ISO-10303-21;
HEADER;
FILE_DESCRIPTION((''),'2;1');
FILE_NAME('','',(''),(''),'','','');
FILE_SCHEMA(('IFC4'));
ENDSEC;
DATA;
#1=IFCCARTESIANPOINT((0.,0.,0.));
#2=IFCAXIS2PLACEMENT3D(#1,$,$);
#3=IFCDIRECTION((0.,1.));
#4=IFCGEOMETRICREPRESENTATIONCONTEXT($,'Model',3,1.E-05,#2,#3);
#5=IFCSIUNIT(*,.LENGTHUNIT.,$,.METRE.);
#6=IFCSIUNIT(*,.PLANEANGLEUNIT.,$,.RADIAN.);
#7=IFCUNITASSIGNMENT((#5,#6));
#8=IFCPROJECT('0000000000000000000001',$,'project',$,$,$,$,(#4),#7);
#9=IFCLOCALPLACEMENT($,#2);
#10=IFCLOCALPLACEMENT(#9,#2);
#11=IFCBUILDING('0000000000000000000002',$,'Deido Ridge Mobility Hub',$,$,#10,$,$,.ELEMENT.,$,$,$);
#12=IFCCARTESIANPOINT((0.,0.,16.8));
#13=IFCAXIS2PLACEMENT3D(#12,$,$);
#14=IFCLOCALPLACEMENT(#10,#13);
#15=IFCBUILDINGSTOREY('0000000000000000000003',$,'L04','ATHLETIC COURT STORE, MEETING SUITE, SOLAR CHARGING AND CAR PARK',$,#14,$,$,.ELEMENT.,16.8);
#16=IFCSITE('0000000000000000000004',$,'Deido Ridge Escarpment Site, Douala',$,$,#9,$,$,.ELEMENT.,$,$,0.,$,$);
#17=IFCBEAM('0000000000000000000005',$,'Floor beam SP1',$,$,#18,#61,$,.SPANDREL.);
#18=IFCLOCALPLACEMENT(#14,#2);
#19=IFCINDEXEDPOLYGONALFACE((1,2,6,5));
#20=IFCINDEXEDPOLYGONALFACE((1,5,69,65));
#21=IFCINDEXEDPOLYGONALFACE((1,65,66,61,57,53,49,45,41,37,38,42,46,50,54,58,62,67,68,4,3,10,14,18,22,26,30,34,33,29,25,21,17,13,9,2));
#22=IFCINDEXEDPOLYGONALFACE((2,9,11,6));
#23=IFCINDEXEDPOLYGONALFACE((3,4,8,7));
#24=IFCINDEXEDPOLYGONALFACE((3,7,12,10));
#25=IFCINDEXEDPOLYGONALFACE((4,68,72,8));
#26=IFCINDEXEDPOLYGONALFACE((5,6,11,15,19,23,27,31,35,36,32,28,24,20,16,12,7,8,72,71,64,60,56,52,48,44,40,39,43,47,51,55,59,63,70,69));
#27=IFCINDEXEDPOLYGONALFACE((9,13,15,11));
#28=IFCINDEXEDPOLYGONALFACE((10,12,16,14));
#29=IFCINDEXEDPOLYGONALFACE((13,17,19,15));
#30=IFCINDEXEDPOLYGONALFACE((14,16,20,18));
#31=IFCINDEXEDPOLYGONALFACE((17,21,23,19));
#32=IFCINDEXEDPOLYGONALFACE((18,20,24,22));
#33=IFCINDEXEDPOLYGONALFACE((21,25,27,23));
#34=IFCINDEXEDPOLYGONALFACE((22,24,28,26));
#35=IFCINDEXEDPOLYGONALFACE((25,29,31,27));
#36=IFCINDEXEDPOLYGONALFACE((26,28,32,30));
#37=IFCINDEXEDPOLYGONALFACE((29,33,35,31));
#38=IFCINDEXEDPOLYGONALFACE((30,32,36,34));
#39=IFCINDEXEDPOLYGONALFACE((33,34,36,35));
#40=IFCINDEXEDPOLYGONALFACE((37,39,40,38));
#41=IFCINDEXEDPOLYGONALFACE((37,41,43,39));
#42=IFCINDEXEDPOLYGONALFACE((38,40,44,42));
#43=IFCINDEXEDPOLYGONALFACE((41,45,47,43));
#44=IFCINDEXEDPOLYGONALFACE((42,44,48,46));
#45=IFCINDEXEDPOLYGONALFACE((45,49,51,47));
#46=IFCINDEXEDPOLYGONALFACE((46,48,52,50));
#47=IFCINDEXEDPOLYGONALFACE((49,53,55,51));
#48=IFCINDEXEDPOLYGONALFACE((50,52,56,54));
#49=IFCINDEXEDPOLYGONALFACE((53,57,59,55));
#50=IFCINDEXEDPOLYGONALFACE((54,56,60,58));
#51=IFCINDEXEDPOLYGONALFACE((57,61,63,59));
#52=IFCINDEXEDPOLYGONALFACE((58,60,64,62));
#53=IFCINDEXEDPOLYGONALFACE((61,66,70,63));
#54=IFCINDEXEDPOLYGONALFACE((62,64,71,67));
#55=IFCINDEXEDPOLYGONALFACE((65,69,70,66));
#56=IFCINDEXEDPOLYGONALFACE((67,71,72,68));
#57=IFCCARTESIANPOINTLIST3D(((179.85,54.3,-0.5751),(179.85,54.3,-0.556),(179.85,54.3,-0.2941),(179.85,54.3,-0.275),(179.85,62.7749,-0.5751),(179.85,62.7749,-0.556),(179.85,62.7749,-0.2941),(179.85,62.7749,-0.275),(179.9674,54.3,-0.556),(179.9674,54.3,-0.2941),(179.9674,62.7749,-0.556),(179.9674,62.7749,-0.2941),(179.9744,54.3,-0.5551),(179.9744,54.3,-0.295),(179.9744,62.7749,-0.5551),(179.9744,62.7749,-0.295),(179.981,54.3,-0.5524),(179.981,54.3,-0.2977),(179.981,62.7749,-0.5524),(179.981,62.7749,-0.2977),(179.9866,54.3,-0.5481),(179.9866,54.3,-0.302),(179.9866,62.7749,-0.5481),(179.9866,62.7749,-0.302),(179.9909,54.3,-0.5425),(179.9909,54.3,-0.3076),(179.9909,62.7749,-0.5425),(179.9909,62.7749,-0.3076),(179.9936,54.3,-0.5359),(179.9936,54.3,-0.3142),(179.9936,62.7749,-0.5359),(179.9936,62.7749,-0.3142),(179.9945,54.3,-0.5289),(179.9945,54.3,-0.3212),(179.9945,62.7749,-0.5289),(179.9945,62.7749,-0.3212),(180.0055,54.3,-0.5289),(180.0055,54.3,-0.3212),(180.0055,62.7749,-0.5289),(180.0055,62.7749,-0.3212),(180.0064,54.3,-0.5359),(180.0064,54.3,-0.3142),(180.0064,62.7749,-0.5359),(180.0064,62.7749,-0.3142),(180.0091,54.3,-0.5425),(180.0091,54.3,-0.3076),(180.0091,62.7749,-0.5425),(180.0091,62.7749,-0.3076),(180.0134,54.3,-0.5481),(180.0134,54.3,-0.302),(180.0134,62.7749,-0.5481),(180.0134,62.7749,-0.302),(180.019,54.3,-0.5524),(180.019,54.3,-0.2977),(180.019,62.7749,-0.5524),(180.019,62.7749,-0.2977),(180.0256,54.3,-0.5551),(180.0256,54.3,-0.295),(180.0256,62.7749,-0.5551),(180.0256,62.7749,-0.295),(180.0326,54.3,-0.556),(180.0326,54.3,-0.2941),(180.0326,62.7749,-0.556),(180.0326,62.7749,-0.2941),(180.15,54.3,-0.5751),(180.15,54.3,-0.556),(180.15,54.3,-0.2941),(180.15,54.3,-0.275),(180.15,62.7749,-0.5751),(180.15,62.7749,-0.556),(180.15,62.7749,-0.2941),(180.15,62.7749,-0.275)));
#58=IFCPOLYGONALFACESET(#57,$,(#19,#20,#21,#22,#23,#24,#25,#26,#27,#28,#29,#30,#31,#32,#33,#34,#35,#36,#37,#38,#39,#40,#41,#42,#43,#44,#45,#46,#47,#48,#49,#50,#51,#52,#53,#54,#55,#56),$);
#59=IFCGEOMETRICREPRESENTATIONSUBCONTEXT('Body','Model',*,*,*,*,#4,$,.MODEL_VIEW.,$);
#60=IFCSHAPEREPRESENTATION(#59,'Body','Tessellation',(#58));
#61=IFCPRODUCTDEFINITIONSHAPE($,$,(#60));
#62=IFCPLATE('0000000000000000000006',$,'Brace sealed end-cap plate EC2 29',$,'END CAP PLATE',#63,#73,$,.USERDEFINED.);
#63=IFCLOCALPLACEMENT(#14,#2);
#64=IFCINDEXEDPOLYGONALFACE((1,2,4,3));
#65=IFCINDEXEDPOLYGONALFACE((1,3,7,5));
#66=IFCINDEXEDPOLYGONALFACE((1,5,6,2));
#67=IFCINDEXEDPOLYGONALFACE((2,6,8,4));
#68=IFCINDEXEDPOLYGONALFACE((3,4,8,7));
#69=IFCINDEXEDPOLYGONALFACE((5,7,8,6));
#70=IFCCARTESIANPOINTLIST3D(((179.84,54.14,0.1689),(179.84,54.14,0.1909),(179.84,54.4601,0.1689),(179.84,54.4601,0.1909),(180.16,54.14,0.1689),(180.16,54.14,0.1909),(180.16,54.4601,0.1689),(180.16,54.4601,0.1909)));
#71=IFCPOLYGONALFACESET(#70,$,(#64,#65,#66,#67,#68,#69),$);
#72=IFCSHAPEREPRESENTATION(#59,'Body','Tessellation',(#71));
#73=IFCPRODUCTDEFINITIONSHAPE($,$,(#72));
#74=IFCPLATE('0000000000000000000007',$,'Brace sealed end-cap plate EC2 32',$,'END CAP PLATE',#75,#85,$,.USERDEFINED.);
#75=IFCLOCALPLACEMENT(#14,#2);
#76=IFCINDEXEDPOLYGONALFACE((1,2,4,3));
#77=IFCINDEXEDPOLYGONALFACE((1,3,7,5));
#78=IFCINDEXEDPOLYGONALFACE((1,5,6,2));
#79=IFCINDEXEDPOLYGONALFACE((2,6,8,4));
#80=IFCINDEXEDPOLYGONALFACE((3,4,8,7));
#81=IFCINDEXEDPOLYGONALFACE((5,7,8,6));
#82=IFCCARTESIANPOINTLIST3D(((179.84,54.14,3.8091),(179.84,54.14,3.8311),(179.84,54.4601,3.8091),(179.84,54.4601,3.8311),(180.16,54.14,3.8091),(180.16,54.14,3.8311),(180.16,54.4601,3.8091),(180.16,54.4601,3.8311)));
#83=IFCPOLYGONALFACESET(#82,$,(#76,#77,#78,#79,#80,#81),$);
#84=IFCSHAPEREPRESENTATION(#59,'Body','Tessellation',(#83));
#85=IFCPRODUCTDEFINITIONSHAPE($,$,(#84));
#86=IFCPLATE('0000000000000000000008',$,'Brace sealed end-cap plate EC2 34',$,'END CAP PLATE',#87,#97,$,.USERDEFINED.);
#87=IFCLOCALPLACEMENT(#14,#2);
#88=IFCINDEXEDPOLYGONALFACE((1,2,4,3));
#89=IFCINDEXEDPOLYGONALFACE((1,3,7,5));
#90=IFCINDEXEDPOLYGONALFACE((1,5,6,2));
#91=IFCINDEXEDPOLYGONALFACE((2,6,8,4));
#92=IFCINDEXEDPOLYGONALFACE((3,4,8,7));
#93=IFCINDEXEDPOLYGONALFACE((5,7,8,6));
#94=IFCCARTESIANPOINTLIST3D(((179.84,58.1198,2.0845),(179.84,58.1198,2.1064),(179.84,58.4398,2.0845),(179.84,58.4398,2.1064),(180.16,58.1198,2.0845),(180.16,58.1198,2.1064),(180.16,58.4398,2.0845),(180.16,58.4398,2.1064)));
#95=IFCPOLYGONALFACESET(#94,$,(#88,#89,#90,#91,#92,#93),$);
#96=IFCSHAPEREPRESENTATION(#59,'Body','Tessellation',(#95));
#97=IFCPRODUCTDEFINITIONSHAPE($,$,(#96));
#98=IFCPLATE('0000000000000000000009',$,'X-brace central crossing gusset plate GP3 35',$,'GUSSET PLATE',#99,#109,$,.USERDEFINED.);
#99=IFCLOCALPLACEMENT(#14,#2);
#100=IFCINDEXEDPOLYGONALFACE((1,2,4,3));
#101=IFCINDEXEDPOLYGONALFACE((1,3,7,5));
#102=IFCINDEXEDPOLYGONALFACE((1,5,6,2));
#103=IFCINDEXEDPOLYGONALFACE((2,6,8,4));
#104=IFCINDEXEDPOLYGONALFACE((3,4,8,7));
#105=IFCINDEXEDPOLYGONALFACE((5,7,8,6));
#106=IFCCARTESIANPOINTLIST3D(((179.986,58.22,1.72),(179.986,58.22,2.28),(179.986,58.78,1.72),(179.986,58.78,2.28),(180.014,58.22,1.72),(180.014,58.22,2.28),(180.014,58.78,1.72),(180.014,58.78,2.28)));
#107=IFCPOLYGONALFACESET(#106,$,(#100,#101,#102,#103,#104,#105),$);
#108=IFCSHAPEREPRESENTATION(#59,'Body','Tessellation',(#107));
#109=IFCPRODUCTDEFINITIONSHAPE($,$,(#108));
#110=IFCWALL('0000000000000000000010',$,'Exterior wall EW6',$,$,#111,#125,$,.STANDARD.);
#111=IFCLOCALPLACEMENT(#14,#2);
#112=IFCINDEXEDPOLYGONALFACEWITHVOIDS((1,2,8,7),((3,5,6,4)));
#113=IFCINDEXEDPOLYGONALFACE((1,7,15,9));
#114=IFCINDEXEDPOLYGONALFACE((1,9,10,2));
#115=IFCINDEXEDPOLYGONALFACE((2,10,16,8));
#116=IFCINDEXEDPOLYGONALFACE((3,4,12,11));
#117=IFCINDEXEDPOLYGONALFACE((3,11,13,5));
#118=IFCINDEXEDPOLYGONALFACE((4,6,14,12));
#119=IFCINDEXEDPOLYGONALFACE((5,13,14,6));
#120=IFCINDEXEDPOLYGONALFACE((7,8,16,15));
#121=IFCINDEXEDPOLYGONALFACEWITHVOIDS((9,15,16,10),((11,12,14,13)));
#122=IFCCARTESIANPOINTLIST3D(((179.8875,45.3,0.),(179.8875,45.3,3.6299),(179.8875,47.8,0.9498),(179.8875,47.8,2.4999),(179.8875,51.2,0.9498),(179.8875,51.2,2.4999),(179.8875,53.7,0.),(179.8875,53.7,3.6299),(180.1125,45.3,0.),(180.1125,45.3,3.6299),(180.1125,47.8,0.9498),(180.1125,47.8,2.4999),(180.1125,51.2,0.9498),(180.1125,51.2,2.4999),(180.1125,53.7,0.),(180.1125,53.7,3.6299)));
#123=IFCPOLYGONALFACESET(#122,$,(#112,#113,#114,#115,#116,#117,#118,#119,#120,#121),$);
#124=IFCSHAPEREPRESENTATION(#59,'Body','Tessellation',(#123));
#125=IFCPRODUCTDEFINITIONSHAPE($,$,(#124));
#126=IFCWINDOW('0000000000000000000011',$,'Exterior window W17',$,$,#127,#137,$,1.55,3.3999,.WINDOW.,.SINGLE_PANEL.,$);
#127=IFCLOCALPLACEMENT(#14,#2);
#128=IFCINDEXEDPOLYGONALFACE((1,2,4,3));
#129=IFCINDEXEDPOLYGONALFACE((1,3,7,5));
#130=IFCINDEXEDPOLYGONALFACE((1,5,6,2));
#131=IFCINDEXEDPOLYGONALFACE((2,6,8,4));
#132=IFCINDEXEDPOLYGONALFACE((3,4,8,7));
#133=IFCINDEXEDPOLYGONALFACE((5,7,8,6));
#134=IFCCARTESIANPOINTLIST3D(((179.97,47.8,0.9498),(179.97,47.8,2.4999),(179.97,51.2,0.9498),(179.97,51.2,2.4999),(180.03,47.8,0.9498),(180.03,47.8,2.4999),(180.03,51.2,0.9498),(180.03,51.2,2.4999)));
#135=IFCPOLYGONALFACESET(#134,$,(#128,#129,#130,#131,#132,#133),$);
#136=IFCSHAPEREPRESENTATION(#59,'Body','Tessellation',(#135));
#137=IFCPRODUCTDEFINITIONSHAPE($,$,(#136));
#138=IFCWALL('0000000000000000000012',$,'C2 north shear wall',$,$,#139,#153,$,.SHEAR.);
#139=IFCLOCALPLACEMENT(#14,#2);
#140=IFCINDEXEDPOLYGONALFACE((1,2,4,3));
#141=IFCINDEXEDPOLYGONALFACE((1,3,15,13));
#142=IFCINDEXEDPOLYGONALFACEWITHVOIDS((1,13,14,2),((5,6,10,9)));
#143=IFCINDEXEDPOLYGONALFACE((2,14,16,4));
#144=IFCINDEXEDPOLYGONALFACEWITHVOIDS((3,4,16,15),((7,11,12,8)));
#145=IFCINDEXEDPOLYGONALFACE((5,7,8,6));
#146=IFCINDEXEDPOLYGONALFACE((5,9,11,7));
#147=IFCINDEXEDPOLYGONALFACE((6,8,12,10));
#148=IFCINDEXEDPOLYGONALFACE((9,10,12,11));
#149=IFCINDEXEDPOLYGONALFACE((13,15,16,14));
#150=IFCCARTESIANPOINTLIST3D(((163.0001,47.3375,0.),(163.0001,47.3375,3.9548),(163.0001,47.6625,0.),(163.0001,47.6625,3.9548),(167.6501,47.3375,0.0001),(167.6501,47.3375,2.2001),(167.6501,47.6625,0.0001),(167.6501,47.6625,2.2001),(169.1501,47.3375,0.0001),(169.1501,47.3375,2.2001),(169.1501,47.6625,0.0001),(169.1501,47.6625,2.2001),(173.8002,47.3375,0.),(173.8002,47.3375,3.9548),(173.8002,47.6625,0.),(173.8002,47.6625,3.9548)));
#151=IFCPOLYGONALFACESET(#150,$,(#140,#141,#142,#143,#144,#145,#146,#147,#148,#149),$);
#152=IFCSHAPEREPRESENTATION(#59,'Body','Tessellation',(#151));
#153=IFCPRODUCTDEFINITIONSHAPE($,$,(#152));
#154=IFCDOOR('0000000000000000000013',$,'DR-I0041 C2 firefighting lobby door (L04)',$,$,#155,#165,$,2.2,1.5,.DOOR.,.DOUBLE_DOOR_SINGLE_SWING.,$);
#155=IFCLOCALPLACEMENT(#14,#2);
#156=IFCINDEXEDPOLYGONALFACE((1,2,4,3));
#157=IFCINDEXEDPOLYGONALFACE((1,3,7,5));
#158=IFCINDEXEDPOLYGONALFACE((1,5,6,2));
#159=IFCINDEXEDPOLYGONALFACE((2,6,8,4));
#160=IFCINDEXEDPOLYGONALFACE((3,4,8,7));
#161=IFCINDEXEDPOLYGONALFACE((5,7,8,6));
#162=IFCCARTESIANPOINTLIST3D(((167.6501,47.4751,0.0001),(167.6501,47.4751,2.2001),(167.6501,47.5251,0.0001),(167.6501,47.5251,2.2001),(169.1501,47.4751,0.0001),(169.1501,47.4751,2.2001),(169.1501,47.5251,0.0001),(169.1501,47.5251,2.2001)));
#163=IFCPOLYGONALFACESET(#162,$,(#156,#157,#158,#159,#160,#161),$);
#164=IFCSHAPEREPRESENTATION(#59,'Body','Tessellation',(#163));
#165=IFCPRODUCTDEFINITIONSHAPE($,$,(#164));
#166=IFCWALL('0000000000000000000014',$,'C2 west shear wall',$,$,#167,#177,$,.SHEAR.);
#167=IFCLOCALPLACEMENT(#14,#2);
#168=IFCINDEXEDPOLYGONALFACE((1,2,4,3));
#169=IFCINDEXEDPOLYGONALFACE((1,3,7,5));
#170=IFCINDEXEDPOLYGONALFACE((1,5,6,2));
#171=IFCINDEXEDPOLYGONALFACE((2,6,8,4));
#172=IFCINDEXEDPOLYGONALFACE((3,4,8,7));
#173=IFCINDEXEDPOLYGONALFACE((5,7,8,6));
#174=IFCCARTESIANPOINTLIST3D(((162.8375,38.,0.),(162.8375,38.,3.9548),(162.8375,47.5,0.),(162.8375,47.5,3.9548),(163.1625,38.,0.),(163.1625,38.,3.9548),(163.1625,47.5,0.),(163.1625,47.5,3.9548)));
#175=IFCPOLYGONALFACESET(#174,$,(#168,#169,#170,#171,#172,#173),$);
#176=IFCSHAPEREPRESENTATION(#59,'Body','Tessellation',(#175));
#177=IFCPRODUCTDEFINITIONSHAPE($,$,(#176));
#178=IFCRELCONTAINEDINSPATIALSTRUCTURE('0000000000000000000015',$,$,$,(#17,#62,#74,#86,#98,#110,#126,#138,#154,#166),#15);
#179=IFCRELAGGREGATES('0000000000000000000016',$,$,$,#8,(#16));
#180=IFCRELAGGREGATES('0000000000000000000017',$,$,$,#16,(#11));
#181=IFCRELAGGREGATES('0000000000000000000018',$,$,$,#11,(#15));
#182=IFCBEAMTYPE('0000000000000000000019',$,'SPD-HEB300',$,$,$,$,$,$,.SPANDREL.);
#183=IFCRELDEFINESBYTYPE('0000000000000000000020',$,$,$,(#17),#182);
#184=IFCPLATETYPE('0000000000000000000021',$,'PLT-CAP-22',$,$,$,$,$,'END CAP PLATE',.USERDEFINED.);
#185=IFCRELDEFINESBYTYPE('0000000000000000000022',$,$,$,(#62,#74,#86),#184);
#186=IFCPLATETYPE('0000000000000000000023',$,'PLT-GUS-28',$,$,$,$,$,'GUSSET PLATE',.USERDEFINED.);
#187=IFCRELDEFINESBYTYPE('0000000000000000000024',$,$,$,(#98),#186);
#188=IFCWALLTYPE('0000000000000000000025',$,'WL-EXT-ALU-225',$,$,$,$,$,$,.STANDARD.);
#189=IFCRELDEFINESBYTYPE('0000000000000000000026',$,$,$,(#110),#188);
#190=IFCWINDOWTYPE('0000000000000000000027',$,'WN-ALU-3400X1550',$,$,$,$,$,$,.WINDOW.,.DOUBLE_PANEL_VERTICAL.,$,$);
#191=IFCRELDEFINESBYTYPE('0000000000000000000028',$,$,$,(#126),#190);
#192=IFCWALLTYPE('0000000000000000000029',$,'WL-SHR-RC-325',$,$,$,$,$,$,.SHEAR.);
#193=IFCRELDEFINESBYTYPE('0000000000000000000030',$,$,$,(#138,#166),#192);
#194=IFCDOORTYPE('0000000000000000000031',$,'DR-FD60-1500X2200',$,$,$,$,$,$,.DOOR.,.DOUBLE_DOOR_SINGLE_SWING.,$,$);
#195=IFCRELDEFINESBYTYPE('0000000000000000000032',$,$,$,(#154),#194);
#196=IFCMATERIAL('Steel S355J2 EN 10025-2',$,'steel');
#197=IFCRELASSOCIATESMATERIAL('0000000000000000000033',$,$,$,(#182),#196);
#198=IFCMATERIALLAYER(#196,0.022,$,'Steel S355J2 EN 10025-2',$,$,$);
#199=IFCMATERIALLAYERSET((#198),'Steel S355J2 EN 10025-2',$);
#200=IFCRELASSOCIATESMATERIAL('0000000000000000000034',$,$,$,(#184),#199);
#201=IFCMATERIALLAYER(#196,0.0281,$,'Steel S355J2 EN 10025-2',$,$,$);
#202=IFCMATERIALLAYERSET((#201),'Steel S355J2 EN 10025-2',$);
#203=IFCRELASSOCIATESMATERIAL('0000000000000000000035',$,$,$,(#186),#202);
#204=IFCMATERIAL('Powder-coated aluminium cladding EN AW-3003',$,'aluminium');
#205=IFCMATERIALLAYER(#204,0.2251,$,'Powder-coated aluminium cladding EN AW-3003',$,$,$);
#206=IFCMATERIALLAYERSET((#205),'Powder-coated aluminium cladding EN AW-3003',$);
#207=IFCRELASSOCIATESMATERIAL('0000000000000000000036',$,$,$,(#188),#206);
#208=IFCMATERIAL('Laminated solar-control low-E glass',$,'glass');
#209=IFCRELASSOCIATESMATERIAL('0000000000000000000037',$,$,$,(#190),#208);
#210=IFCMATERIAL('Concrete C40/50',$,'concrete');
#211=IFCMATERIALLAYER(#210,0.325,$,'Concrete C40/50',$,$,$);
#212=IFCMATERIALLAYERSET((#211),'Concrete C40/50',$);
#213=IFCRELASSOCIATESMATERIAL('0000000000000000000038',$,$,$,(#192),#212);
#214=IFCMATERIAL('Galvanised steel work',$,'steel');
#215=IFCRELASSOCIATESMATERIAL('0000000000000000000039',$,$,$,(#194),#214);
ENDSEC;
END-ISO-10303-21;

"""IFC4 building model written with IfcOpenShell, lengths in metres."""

from ifc_helpers import new_model, si_unit, direction, frame, frame_2d, origin, origin_2d, place, context, subcontext, project, spatial, rectangle, i_section, extrude, material, layer, layer_set, material_profile, profile_set, type_object, element, fill, save


model = new_model("IFC4")

# Units and contexts
model_context = context("Model", 3, precision=1e-05, world=origin(), true_north=direction((0.0, 1.0)))
body_context = subcontext(model_context, "Body", "Model", "MODEL_VIEW")
ifc_project = project(units=[si_unit("LENGTHUNIT", "METRE"), si_unit("PLANEANGLEUNIT", "RADIAN")], contexts=[model_context])

# Site, building, storey
site_placement = place(None, origin())
site = spatial("IfcSite", under=ifc_project, at=site_placement, Name="Deido Ridge Escarpment Site, Douala", CompositionType="ELEMENT", RefElevation=0.0)
building_placement = place(site_placement, origin())
building = spatial("IfcBuilding", under=site, at=building_placement, Name="Deido Ridge Mobility Hub", CompositionType="ELEMENT")
storey_placement = place(building_placement, frame((0.0, 0.0, 16.8)))
storey = spatial("IfcBuildingStorey", under=building, at=storey_placement, Name="L04", Description="ATHLETIC COURT STORE, MEETING SUITE, SOLAR CHARGING AND CAR PARK", CompositionType="ELEMENT", Elevation=16.8)

# Shared definitions
ifc_material_1 = material(Name="Steel S355J2 EN 10025-2", Category="steel")

# Beam
ifc_material_profile_1 = material_profile(ifc_material_1, i_section(OverallWidth=0.3, OverallDepth=0.3, WebThickness=0.011, FlangeThickness=0.019, FilletRadius=0.0271, at=origin_2d()), Name="HEB 300")
ifc_profile_set_1 = profile_set([ifc_material_profile_1], Name="Steel S355J2 EN 10025-2")
beam_type_1 = type_object("IfcBeamType", Name="SPD-HEB300", PredefinedType="SPANDREL", material=ifc_profile_set_1)
beam_1_placement = place(storey_placement, frame((180.0, 54.3, -0.425), z_axis=(0.0, 1.0, 0.0), x_axis=(-1.0, 0.0, 0.0)))
element("IfcBeam", 1, at=beam_1_placement, inside=storey, type_object=beam_type_1, Name="Floor beam SP1", PredefinedType="SPANDREL", context=body_context, shape_type="SweptSolid", body=[
    extrude(i_section(OverallWidth=0.3, OverallDepth=0.3, WebThickness=0.011, FlangeThickness=0.019, FilletRadius=0.0271, at=origin_2d()), origin(), (0.0, 0.0, 1.0), 8.4749),
])

# Plates
ifc_layer_1 = layer(ifc_material_1, 0.022, Name="Steel S355J2 EN 10025-2")
ifc_layer_set_1 = layer_set([ifc_layer_1], Name="Steel S355J2 EN 10025-2")
plate_type_1 = type_object("IfcPlateType", Name="PLT-CAP-22", ElementType="END CAP PLATE", PredefinedType="USERDEFINED", material=ifc_layer_set_1)
for number, where, z_axis, x_axis, name in (
    (2, (180.0, 54.3, 0.1689), (0.0, 0.0, 1.0), (1.0, 0.0, 0.0), "Brace sealed end-cap plate EC2 29"),
    (3, (180.0, 54.3, 3.8091), (0.0, 0.0, 1.0), (1.0, 0.0, 0.0), "Brace sealed end-cap plate EC2 32"),
    (4, (180.0, 58.2798, 2.0845), (0.0, 0.0, 1.0), (1.0, 0.0, 0.0), "Brace sealed end-cap plate EC2 34"),
):
    element("IfcPlate", number, at=place(storey_placement, frame(where, z_axis=z_axis, x_axis=x_axis)), inside=storey, type_object=plate_type_1, Name=name, ObjectType="END CAP PLATE", PredefinedType="USERDEFINED", context=body_context, shape_type="SweptSolid", body=[
        extrude(rectangle(XDim=0.3201, YDim=0.3201, at=origin_2d()), origin(), (0.0, 0.0, 1.0), 0.022),
    ])
ifc_layer_2 = layer(ifc_material_1, 0.0281, Name="Steel S355J2 EN 10025-2")
ifc_layer_set_2 = layer_set([ifc_layer_2], Name="Steel S355J2 EN 10025-2")
plate_type_2 = type_object("IfcPlateType", Name="PLT-GUS-28", ElementType="GUSSET PLATE", PredefinedType="USERDEFINED", material=ifc_layer_set_2)
plate_placement = place(storey_placement, frame((180.0, 58.5, 1.72), z_axis=(0.0, 0.0, 1.0), x_axis=(0.0, 1.0, 0.0)))
element("IfcPlate", 5, at=plate_placement, inside=storey, type_object=plate_type_2, Name="X-brace central crossing gusset plate GP3 35", ObjectType="GUSSET PLATE", PredefinedType="USERDEFINED", context=body_context, shape_type="SweptSolid", body=[
    extrude(rectangle(XDim=0.5601, YDim=0.0281, at=origin_2d()), origin(), (0.0, 0.0, 1.0), 0.5601),
])

# Wall, opening, window
ifc_material_2 = material(Name="Powder-coated aluminium cladding EN AW-3003", Category="aluminium")
ifc_layer_3 = layer(ifc_material_2, 0.2251, Name="Powder-coated aluminium cladding EN AW-3003")
ifc_layer_set_3 = layer_set([ifc_layer_3], Name="Powder-coated aluminium cladding EN AW-3003")
wall_type_1 = type_object("IfcWallType", Name="WL-EXT-ALU-225", PredefinedType="STANDARD", material=ifc_layer_set_3)
wall_1_placement = place(storey_placement, frame((180.0, 45.3, 0.0), z_axis=(0.0, 0.0, 1.0), x_axis=(0.0, 1.0, 0.0)))
wall_1 = element("IfcWall", 6, at=wall_1_placement, inside=storey, type_object=wall_type_1, Name="Exterior wall EW6", PredefinedType="STANDARD", context=body_context, shape_type="SweptSolid", body=[
    extrude(rectangle(XDim=8.3999, YDim=0.2251, at=frame_2d((4.2, 0.0))), origin(), (0.0, 0.0, 1.0), 3.6299),
])
opening_1_placement = place(wall_1_placement, frame((2.5, 0.0, 0.95)))
opening_1 = element("IfcOpeningElement", 7, at=opening_1_placement, cuts=wall_1, PredefinedType="OPENING", context=body_context, shape_type="SweptSolid", body=[
    extrude(rectangle(XDim=3.3999, YDim=1.55, at=frame_2d((1.7, 0.7749))), frame((0.0, 0.1226, 0.0), z_axis=(0.0, -1.0, 0.0), x_axis=(1.0, 0.0, 0.0)), (0.0, 0.0, 1.0), 0.2451),
])
ifc_material_3 = material(Name="Laminated solar-control low-E glass", Category="glass")
window_type = type_object("IfcWindowType", Name="WN-ALU-3400X1550", PartitioningType="DOUBLE_PANEL_VERTICAL", PredefinedType="WINDOW", material=ifc_material_3)
window_placement = place(opening_1_placement, origin())
window = element("IfcWindow", 8, at=window_placement, inside=storey, type_object=window_type, Name="Exterior window W17", OverallHeight=1.55, OverallWidth=3.3999, PartitioningType="SINGLE_PANEL", PredefinedType="WINDOW", context=body_context, shape_type="SweptSolid", body=[
    extrude(rectangle(XDim=3.3999, YDim=1.55, at=frame_2d((1.7, 0.7749))), frame((0.0, 0.03, 0.0), z_axis=(0.0, -1.0, 0.0), x_axis=(1.0, 0.0, 0.0)), (0.0, 0.0, 1.0), 0.0601),
])
fill(opening_1, window)

# Wall, opening, door
ifc_material_4 = material(Name="Concrete C40/50", Category="concrete")
ifc_layer_4 = layer(ifc_material_4, 0.325, Name="Concrete C40/50")
ifc_layer_set_4 = layer_set([ifc_layer_4], Name="Concrete C40/50")
wall_type_2 = type_object("IfcWallType", Name="WL-SHR-RC-325", PredefinedType="SHEAR", material=ifc_layer_set_4)
wall_2_placement = place(storey_placement, frame((173.8, 47.5, 0.0), z_axis=(0.0, 0.0, 1.0), x_axis=(-1.0, 0.0, 0.0)))
wall_2 = element("IfcWall", 9, at=wall_2_placement, inside=storey, type_object=wall_type_2, Name="C2 north shear wall", PredefinedType="SHEAR", context=body_context, shape_type="SweptSolid", body=[
    extrude(rectangle(XDim=10.8, YDim=0.325, at=frame_2d((5.3999, 0.0))), origin(), (0.0, 0.0, 1.0), 3.9548),
])
opening_2_placement = place(wall_2_placement, frame((4.6499, 0.0, 0.0)))
opening_2 = element("IfcOpeningElement", 10, at=opening_2_placement, cuts=wall_2, PredefinedType="OPENING", context=body_context, shape_type="SweptSolid", body=[
    extrude(rectangle(XDim=1.5, YDim=2.2, at=frame_2d((0.75, 1.1001))), frame((0.0, 0.1724, 0.0), z_axis=(0.0, -1.0, 0.0), x_axis=(1.0, 0.0, 0.0)), (0.0, 0.0, 1.0), 0.345),
])
ifc_material_5 = material(Name="Galvanised steel work", Category="steel")
door_type = type_object("IfcDoorType", Name="DR-FD60-1500X2200", OperationType="DOUBLE_DOOR_SINGLE_SWING", PredefinedType="DOOR", material=ifc_material_5)
door_placement = place(opening_2_placement, origin())
door = element("IfcDoor", 11, at=door_placement, inside=storey, type_object=door_type, Name="DR-I0041 C2 firefighting lobby door (L04)", OperationType="DOUBLE_DOOR_SINGLE_SWING", OverallHeight=2.2, OverallWidth=1.5, PredefinedType="DOOR", context=body_context, shape_type="SweptSolid", body=[
    extrude(rectangle(XDim=1.5, YDim=2.2, at=frame_2d((0.75, 1.1001))), frame((0.0, 0.0249, 0.0), z_axis=(0.0, -1.0, 0.0), x_axis=(1.0, 0.0, 0.0)), (0.0, 0.0, 1.0), 0.05),
])
fill(opening_2, door)

# Wall
wall_3_placement = place(storey_placement, frame((163.0, 47.5, 0.0), z_axis=(0.0, 0.0, 1.0), x_axis=(0.0, -1.0, 0.0)))
element("IfcWall", 12, at=wall_3_placement, inside=storey, type_object=wall_type_2, Name="C2 west shear wall", PredefinedType="SHEAR", context=body_context, shape_type="SweptSolid", body=[
    extrude(rectangle(XDim=9.5, YDim=0.325, at=frame_2d((4.75, 0.0))), origin(), (0.0, 0.0, 1.0), 3.9548),
])

save(model, "model.ifc")
